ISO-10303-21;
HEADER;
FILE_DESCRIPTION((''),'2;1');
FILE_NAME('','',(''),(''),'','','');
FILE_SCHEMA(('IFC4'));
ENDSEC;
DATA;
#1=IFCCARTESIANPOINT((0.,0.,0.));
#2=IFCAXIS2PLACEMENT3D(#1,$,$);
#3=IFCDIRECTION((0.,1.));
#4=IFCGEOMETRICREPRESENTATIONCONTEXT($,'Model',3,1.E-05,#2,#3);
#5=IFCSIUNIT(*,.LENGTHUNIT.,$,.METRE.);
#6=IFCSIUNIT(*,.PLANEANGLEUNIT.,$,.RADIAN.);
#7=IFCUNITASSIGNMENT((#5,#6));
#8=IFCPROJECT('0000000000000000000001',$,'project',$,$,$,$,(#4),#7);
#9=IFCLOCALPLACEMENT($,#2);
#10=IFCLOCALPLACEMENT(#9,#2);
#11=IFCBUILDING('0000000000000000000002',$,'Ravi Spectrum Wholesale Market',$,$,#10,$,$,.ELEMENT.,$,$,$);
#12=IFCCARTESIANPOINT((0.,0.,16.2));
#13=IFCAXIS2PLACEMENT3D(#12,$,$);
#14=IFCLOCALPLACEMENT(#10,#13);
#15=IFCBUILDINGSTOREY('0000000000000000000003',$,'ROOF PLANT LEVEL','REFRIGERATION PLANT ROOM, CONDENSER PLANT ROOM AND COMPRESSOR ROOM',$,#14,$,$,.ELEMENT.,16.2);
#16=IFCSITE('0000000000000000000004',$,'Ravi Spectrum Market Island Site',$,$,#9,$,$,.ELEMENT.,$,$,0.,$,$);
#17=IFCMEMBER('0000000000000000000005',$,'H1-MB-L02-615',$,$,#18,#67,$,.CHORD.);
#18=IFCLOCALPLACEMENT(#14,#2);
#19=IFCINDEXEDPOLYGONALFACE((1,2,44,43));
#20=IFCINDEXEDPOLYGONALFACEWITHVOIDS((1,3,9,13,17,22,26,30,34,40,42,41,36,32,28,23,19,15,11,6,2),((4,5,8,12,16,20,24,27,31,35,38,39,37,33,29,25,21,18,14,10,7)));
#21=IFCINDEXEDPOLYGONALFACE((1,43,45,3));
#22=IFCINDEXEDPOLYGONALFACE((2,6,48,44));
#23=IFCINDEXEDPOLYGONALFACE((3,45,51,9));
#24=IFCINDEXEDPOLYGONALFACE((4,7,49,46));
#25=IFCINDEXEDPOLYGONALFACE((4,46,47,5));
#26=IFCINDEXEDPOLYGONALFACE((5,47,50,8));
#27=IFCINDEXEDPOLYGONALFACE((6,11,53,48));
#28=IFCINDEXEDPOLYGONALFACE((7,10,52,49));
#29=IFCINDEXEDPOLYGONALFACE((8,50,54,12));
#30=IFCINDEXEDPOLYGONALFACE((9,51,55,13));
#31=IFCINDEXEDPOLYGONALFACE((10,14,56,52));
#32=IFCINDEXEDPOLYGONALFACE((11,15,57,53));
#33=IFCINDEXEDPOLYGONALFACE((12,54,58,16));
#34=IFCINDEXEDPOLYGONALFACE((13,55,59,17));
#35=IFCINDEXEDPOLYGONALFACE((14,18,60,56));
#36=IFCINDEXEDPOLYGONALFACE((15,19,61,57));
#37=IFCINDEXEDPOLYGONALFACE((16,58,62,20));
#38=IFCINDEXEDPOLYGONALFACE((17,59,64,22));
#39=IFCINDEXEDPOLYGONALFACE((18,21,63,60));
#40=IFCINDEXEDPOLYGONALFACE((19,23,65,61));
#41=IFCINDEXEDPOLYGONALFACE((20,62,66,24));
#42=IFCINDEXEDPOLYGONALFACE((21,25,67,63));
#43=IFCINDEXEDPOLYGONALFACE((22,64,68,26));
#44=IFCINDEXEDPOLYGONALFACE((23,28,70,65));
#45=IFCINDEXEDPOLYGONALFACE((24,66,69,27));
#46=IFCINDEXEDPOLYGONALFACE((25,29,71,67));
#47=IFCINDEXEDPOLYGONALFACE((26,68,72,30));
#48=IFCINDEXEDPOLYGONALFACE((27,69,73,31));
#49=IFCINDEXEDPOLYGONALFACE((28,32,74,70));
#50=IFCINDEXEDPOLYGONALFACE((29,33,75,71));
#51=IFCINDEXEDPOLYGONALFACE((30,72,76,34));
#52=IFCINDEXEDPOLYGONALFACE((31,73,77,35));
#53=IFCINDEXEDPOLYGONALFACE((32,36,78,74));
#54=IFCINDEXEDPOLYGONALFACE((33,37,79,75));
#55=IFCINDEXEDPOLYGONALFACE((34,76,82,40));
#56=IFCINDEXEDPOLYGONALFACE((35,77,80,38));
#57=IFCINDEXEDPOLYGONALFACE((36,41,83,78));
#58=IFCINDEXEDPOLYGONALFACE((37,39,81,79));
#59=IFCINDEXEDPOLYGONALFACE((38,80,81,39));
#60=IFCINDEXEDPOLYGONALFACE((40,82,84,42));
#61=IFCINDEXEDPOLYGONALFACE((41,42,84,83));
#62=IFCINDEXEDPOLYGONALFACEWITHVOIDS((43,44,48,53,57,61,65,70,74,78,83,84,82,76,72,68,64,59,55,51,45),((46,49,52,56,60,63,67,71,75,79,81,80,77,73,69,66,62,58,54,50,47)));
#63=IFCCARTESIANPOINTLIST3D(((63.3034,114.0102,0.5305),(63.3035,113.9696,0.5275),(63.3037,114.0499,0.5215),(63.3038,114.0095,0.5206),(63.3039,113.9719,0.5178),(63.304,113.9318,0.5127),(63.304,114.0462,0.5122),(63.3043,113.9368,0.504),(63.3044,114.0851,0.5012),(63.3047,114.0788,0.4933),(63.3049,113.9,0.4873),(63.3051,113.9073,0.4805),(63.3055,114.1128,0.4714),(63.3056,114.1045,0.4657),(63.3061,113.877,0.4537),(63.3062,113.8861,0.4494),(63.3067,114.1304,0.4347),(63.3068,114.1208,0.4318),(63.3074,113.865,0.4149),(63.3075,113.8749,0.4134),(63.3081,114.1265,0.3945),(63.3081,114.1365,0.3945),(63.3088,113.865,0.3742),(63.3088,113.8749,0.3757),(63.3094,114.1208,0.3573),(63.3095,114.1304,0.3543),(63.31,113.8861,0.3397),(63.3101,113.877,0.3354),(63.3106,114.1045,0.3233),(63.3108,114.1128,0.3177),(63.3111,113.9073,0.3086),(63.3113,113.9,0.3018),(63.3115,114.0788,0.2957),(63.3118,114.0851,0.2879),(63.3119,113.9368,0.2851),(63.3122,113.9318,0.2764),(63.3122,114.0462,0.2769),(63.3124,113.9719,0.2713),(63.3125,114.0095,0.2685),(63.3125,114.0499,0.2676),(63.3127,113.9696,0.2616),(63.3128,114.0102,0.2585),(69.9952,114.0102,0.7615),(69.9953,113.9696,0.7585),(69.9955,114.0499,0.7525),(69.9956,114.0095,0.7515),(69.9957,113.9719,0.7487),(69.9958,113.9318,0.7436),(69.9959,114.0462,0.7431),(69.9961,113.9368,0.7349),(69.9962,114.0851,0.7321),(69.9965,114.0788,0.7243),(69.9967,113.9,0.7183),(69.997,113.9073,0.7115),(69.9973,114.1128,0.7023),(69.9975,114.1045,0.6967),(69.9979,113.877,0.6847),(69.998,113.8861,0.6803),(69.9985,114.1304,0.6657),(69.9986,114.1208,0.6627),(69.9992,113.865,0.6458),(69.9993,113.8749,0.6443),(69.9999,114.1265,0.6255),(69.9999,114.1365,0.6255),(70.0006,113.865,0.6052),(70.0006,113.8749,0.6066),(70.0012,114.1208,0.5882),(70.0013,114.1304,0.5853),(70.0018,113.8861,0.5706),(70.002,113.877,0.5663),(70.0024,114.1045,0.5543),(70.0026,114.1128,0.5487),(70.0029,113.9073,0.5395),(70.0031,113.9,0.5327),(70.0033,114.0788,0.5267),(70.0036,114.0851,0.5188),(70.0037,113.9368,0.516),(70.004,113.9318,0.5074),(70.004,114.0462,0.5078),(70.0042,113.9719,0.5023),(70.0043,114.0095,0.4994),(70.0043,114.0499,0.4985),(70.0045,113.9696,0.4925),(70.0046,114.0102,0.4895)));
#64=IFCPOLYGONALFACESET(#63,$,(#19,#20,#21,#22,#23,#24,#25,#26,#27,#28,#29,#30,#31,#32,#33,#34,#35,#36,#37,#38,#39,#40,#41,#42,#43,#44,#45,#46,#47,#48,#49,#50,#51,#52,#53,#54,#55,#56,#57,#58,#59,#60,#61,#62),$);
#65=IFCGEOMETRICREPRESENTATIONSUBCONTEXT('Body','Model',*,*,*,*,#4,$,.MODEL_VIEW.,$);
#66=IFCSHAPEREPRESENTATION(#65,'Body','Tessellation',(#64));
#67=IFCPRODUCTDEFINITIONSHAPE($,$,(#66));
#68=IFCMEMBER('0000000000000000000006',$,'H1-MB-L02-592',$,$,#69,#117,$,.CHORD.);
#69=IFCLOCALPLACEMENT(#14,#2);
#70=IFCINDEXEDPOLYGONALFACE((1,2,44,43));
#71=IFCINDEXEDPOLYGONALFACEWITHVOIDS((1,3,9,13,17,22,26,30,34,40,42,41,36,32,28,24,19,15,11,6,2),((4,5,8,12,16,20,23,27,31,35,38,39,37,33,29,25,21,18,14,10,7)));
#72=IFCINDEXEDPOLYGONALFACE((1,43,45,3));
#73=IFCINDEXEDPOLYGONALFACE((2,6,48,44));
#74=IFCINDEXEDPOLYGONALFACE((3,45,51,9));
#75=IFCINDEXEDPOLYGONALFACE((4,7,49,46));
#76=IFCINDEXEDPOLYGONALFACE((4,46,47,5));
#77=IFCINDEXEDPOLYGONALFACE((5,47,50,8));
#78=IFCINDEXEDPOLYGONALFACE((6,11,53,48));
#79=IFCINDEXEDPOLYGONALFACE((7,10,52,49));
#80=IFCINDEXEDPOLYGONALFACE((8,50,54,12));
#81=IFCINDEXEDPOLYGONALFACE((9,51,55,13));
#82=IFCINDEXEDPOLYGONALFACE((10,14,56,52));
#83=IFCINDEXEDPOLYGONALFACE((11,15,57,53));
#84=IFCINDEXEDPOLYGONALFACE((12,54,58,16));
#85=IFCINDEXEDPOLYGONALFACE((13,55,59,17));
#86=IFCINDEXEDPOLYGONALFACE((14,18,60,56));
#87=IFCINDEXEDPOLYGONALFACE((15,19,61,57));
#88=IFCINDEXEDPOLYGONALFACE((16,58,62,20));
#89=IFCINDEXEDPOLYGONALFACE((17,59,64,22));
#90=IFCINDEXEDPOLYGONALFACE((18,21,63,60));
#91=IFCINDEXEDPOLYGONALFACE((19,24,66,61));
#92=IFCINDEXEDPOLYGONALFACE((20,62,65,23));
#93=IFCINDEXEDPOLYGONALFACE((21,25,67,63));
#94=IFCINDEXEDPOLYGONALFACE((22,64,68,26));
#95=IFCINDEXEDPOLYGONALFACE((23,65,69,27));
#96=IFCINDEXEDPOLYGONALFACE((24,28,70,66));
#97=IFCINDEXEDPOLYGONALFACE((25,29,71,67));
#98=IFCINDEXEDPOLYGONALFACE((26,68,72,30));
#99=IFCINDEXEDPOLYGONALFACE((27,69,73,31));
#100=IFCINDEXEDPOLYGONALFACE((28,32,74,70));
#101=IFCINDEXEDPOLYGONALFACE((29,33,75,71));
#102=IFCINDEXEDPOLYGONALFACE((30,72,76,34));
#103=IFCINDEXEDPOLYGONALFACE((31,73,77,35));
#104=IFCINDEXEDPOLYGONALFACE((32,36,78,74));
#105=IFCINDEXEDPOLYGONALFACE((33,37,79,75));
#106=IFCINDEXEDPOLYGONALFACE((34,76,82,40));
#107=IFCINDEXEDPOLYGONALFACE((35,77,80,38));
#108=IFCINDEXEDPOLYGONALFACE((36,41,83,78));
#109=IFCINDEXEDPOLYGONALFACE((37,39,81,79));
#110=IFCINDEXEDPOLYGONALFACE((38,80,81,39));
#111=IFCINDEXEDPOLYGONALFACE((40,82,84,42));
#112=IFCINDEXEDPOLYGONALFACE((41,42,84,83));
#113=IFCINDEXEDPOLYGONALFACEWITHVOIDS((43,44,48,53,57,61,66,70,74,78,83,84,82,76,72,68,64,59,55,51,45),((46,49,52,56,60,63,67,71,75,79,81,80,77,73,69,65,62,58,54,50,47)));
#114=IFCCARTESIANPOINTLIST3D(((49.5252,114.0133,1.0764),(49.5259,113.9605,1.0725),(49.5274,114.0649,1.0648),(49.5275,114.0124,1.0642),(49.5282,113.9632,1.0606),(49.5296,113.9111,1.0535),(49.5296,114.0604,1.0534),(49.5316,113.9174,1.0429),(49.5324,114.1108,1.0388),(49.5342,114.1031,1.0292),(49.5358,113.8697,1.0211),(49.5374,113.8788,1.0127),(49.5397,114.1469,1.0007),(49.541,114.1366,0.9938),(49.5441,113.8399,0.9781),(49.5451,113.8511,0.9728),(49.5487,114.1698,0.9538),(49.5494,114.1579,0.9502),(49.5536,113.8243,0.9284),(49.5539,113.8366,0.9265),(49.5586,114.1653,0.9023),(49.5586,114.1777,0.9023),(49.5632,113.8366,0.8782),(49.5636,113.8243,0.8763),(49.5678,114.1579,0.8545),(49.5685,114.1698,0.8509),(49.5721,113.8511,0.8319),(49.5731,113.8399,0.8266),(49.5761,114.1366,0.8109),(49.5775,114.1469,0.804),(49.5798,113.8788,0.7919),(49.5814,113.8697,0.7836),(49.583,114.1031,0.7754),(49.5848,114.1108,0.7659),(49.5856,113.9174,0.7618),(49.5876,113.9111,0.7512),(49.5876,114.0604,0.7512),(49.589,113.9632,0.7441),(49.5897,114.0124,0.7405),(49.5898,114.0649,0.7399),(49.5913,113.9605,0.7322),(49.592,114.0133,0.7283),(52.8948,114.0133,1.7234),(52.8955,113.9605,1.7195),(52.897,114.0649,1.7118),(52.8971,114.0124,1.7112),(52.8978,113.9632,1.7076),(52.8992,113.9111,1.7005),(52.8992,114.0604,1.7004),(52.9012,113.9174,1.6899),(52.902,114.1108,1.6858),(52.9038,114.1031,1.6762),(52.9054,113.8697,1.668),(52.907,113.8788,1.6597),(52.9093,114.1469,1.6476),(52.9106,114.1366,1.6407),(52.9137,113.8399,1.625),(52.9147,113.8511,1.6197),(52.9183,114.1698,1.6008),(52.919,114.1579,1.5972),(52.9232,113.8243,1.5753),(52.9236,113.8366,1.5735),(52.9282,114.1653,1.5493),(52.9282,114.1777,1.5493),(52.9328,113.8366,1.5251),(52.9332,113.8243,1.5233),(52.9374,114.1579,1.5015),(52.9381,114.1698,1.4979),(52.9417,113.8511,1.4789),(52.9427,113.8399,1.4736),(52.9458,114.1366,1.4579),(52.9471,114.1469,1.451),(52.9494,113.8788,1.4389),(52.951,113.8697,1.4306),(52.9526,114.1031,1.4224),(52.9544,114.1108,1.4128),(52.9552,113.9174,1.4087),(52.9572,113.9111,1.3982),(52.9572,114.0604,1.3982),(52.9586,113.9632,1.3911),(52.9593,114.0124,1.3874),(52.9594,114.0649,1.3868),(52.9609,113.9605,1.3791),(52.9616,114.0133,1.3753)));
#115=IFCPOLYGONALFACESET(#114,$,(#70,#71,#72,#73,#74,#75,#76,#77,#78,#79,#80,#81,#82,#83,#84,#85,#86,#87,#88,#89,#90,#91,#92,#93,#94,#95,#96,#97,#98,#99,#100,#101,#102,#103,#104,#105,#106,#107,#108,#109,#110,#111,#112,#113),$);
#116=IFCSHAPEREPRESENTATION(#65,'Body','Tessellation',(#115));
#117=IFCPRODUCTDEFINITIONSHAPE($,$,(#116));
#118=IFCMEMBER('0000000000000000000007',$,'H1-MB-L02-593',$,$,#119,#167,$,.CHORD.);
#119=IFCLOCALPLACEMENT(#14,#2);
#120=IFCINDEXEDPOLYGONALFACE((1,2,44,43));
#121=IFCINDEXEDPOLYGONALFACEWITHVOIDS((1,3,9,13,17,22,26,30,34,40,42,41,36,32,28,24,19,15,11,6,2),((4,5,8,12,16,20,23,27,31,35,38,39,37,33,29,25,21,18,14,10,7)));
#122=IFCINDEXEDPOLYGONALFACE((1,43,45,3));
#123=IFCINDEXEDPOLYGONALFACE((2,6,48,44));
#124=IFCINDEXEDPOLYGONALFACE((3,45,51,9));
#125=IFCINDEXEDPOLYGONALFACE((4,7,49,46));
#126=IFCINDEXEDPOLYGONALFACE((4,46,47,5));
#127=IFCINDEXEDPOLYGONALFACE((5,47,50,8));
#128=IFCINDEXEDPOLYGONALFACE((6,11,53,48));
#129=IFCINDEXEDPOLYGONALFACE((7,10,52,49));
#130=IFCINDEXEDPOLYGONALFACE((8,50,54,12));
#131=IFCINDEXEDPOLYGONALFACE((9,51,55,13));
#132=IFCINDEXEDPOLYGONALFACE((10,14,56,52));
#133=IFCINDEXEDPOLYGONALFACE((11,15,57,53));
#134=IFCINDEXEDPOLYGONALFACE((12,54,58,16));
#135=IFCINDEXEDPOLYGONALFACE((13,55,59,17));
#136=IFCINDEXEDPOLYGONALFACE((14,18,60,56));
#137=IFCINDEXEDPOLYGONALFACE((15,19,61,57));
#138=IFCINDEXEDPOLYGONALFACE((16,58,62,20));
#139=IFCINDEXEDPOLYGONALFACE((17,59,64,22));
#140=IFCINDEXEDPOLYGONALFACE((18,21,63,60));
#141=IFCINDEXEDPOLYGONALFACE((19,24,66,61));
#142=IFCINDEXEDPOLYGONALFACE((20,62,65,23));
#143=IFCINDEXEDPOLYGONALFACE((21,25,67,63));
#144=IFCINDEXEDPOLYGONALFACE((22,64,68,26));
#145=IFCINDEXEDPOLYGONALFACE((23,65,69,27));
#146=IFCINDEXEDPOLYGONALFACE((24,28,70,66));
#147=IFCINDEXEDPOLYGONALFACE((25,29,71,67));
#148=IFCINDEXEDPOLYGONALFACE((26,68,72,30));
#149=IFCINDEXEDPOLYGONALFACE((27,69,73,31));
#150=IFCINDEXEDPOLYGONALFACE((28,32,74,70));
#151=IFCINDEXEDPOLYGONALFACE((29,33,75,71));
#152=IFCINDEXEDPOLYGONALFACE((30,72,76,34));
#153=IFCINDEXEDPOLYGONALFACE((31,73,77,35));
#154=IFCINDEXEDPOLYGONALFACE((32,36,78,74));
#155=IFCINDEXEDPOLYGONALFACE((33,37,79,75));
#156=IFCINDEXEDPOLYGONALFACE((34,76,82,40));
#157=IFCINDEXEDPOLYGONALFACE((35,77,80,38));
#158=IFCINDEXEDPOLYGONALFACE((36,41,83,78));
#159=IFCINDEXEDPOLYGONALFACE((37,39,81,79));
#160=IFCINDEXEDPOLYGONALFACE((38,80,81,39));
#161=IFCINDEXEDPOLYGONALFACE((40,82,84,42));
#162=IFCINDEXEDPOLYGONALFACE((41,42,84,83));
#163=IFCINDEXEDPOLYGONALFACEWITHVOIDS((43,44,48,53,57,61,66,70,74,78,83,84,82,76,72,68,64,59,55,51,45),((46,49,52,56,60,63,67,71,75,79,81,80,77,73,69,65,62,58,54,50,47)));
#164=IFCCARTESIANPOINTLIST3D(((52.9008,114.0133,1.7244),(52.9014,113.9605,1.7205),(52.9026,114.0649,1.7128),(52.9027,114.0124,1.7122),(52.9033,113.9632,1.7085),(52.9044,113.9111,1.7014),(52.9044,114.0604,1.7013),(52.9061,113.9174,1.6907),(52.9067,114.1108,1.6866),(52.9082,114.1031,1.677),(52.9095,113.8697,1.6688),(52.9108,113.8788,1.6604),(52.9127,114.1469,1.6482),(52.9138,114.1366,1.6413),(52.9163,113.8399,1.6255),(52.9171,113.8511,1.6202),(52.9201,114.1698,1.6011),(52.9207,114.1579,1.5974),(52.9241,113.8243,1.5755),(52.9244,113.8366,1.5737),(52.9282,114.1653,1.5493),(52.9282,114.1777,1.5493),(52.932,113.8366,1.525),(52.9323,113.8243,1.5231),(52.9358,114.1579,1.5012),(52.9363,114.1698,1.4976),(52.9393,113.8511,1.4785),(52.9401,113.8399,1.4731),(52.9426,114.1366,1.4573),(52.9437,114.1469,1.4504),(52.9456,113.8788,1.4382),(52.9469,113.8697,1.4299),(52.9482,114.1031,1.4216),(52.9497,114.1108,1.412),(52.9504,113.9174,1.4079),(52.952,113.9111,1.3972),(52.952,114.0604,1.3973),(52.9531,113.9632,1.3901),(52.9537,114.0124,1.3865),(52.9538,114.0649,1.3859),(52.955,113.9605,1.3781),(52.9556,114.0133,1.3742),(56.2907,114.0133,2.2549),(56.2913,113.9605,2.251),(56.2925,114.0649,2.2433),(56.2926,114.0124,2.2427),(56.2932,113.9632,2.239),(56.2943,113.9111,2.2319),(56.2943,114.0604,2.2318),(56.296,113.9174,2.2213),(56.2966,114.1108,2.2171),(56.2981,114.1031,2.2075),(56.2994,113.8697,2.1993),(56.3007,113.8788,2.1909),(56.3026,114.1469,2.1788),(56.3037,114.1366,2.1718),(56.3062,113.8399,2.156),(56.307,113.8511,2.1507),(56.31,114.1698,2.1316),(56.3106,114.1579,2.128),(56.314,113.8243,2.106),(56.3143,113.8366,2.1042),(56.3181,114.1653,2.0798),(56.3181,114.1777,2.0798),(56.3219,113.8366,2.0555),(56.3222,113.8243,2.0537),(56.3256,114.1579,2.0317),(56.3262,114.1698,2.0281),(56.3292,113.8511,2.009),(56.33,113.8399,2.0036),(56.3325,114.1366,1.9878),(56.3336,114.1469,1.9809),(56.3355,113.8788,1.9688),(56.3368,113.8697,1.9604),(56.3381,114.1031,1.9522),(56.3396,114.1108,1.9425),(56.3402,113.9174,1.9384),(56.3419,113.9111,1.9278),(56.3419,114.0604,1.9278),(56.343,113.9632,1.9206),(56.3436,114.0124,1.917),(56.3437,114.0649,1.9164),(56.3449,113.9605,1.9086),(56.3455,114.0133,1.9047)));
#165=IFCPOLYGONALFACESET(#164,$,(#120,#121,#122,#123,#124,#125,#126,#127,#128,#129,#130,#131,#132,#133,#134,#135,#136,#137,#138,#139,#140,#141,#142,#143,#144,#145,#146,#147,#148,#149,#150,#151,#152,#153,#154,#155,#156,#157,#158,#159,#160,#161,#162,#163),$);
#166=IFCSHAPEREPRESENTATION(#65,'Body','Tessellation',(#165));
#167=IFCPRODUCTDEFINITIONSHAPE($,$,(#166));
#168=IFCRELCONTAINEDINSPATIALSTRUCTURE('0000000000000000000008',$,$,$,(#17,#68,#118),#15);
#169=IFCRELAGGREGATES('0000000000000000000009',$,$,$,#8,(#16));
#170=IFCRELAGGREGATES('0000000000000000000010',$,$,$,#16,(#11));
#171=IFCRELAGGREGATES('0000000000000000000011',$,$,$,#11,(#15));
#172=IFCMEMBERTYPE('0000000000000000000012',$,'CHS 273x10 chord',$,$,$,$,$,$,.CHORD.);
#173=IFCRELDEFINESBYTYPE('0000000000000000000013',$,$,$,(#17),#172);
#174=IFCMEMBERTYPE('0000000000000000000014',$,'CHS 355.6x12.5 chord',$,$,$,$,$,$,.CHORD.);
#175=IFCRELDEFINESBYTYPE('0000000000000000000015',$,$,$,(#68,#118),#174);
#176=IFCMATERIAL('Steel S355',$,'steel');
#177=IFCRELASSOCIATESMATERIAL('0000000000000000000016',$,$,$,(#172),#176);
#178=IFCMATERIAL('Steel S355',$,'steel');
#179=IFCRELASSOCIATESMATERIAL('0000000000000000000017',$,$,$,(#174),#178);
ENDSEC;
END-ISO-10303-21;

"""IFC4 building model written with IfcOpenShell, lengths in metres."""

from ifc_helpers import new_model, si_unit, direction, frame, origin, origin_2d, place, context, subcontext, project, spatial, hollow_circle, extrude, material, material_profile, profile_set, type_object, element, save


model = new_model("IFC4")

# Units and contexts
model_context = context("Model", 3, precision=1e-05, world=origin(), true_north=direction((0.0, 1.0)))
body_context = subcontext(model_context, "Body", "Model", "MODEL_VIEW")
ifc_project = project(units=[si_unit("LENGTHUNIT", "METRE"), si_unit("PLANEANGLEUNIT", "RADIAN")], contexts=[model_context])

# Site, building, storey
site_placement = place(None, origin())
site = spatial("IfcSite", under=ifc_project, at=site_placement, Name="Ravi Spectrum Market Island Site", CompositionType="ELEMENT", RefElevation=0.0)
building_placement = place(site_placement, origin())
building = spatial("IfcBuilding", under=site, at=building_placement, Name="Ravi Spectrum Wholesale Market", CompositionType="ELEMENT")
storey_placement = place(building_placement, frame((0.0, 0.0, 16.2)))
storey = spatial("IfcBuildingStorey", under=building, at=storey_placement, Name="ROOF PLANT LEVEL", Description="REFRIGERATION PLANT ROOM, CONDENSER PLANT ROOM AND COMPRESSOR ROOM", CompositionType="ELEMENT", Elevation=16.2)

# Members
ifc_material_1 = material(Name="Steel S355", Category="steel")
ifc_material_profile_1 = material_profile(ifc_material_1, hollow_circle(Radius=0.1365, WallThickness=0.01, at=origin_2d()))
ifc_profile_set_1 = profile_set([ifc_material_profile_1], Name="Steel S355")
member_type_1 = type_object("IfcMemberType", Name="CHS 273x10 chord", PredefinedType="CHORD", material=ifc_profile_set_1)
member_1_placement = place(storey_placement, frame((63.3081, 114.0, 0.3945), z_axis=(0.999405, 0.0, 0.034492), x_axis=(0.0, 1.0, 0.0)))
element("IfcMember", 1, at=member_1_placement, inside=storey, type_object=member_type_1, Name="H1-MB-L02-615", PredefinedType="CHORD", context=body_context, shape_type="SweptSolid", body=[
    extrude(hollow_circle(Radius=0.1365, WallThickness=0.01, at=origin_2d()), origin(), (0.0, 0.0, 1.0), 6.6958),
])
ifc_material_2 = material(Name="Steel S355", Category="steel")
ifc_material_profile_2 = material_profile(ifc_material_2, hollow_circle(Radius=0.1777, WallThickness=0.0125, at=origin_2d()))
ifc_profile_set_2 = profile_set([ifc_material_profile_2], Name="Steel S355")
member_type_2 = type_object("IfcMemberType", Name="CHS 355.6x12.5 chord", PredefinedType="CHORD", material=ifc_profile_set_2)
for number, where, z_axis, x_axis, name in (
    (2, (49.5586, 114.0, 0.9023), (0.982062, 0.0, 0.188557), (0.0, 1.0, 0.0), "H1-MB-L02-592"),
    (3, (52.9282, 114.0, 1.5493), (0.987974, 0.0, 0.154618), (0.0, 1.0, 0.0), "H1-MB-L02-593"),
):
    element("IfcMember", number, at=place(storey_placement, frame(where, z_axis=z_axis, x_axis=x_axis)), inside=storey, type_object=member_type_2, Name=name, PredefinedType="CHORD", context=body_context, shape_type="SweptSolid", body=[
        extrude(hollow_circle(Radius=0.1777, WallThickness=0.0125, at=origin_2d()), origin(), (0.0, 0.0, 1.0), 3.4312),
    ])

save(model, "model.ifc")
